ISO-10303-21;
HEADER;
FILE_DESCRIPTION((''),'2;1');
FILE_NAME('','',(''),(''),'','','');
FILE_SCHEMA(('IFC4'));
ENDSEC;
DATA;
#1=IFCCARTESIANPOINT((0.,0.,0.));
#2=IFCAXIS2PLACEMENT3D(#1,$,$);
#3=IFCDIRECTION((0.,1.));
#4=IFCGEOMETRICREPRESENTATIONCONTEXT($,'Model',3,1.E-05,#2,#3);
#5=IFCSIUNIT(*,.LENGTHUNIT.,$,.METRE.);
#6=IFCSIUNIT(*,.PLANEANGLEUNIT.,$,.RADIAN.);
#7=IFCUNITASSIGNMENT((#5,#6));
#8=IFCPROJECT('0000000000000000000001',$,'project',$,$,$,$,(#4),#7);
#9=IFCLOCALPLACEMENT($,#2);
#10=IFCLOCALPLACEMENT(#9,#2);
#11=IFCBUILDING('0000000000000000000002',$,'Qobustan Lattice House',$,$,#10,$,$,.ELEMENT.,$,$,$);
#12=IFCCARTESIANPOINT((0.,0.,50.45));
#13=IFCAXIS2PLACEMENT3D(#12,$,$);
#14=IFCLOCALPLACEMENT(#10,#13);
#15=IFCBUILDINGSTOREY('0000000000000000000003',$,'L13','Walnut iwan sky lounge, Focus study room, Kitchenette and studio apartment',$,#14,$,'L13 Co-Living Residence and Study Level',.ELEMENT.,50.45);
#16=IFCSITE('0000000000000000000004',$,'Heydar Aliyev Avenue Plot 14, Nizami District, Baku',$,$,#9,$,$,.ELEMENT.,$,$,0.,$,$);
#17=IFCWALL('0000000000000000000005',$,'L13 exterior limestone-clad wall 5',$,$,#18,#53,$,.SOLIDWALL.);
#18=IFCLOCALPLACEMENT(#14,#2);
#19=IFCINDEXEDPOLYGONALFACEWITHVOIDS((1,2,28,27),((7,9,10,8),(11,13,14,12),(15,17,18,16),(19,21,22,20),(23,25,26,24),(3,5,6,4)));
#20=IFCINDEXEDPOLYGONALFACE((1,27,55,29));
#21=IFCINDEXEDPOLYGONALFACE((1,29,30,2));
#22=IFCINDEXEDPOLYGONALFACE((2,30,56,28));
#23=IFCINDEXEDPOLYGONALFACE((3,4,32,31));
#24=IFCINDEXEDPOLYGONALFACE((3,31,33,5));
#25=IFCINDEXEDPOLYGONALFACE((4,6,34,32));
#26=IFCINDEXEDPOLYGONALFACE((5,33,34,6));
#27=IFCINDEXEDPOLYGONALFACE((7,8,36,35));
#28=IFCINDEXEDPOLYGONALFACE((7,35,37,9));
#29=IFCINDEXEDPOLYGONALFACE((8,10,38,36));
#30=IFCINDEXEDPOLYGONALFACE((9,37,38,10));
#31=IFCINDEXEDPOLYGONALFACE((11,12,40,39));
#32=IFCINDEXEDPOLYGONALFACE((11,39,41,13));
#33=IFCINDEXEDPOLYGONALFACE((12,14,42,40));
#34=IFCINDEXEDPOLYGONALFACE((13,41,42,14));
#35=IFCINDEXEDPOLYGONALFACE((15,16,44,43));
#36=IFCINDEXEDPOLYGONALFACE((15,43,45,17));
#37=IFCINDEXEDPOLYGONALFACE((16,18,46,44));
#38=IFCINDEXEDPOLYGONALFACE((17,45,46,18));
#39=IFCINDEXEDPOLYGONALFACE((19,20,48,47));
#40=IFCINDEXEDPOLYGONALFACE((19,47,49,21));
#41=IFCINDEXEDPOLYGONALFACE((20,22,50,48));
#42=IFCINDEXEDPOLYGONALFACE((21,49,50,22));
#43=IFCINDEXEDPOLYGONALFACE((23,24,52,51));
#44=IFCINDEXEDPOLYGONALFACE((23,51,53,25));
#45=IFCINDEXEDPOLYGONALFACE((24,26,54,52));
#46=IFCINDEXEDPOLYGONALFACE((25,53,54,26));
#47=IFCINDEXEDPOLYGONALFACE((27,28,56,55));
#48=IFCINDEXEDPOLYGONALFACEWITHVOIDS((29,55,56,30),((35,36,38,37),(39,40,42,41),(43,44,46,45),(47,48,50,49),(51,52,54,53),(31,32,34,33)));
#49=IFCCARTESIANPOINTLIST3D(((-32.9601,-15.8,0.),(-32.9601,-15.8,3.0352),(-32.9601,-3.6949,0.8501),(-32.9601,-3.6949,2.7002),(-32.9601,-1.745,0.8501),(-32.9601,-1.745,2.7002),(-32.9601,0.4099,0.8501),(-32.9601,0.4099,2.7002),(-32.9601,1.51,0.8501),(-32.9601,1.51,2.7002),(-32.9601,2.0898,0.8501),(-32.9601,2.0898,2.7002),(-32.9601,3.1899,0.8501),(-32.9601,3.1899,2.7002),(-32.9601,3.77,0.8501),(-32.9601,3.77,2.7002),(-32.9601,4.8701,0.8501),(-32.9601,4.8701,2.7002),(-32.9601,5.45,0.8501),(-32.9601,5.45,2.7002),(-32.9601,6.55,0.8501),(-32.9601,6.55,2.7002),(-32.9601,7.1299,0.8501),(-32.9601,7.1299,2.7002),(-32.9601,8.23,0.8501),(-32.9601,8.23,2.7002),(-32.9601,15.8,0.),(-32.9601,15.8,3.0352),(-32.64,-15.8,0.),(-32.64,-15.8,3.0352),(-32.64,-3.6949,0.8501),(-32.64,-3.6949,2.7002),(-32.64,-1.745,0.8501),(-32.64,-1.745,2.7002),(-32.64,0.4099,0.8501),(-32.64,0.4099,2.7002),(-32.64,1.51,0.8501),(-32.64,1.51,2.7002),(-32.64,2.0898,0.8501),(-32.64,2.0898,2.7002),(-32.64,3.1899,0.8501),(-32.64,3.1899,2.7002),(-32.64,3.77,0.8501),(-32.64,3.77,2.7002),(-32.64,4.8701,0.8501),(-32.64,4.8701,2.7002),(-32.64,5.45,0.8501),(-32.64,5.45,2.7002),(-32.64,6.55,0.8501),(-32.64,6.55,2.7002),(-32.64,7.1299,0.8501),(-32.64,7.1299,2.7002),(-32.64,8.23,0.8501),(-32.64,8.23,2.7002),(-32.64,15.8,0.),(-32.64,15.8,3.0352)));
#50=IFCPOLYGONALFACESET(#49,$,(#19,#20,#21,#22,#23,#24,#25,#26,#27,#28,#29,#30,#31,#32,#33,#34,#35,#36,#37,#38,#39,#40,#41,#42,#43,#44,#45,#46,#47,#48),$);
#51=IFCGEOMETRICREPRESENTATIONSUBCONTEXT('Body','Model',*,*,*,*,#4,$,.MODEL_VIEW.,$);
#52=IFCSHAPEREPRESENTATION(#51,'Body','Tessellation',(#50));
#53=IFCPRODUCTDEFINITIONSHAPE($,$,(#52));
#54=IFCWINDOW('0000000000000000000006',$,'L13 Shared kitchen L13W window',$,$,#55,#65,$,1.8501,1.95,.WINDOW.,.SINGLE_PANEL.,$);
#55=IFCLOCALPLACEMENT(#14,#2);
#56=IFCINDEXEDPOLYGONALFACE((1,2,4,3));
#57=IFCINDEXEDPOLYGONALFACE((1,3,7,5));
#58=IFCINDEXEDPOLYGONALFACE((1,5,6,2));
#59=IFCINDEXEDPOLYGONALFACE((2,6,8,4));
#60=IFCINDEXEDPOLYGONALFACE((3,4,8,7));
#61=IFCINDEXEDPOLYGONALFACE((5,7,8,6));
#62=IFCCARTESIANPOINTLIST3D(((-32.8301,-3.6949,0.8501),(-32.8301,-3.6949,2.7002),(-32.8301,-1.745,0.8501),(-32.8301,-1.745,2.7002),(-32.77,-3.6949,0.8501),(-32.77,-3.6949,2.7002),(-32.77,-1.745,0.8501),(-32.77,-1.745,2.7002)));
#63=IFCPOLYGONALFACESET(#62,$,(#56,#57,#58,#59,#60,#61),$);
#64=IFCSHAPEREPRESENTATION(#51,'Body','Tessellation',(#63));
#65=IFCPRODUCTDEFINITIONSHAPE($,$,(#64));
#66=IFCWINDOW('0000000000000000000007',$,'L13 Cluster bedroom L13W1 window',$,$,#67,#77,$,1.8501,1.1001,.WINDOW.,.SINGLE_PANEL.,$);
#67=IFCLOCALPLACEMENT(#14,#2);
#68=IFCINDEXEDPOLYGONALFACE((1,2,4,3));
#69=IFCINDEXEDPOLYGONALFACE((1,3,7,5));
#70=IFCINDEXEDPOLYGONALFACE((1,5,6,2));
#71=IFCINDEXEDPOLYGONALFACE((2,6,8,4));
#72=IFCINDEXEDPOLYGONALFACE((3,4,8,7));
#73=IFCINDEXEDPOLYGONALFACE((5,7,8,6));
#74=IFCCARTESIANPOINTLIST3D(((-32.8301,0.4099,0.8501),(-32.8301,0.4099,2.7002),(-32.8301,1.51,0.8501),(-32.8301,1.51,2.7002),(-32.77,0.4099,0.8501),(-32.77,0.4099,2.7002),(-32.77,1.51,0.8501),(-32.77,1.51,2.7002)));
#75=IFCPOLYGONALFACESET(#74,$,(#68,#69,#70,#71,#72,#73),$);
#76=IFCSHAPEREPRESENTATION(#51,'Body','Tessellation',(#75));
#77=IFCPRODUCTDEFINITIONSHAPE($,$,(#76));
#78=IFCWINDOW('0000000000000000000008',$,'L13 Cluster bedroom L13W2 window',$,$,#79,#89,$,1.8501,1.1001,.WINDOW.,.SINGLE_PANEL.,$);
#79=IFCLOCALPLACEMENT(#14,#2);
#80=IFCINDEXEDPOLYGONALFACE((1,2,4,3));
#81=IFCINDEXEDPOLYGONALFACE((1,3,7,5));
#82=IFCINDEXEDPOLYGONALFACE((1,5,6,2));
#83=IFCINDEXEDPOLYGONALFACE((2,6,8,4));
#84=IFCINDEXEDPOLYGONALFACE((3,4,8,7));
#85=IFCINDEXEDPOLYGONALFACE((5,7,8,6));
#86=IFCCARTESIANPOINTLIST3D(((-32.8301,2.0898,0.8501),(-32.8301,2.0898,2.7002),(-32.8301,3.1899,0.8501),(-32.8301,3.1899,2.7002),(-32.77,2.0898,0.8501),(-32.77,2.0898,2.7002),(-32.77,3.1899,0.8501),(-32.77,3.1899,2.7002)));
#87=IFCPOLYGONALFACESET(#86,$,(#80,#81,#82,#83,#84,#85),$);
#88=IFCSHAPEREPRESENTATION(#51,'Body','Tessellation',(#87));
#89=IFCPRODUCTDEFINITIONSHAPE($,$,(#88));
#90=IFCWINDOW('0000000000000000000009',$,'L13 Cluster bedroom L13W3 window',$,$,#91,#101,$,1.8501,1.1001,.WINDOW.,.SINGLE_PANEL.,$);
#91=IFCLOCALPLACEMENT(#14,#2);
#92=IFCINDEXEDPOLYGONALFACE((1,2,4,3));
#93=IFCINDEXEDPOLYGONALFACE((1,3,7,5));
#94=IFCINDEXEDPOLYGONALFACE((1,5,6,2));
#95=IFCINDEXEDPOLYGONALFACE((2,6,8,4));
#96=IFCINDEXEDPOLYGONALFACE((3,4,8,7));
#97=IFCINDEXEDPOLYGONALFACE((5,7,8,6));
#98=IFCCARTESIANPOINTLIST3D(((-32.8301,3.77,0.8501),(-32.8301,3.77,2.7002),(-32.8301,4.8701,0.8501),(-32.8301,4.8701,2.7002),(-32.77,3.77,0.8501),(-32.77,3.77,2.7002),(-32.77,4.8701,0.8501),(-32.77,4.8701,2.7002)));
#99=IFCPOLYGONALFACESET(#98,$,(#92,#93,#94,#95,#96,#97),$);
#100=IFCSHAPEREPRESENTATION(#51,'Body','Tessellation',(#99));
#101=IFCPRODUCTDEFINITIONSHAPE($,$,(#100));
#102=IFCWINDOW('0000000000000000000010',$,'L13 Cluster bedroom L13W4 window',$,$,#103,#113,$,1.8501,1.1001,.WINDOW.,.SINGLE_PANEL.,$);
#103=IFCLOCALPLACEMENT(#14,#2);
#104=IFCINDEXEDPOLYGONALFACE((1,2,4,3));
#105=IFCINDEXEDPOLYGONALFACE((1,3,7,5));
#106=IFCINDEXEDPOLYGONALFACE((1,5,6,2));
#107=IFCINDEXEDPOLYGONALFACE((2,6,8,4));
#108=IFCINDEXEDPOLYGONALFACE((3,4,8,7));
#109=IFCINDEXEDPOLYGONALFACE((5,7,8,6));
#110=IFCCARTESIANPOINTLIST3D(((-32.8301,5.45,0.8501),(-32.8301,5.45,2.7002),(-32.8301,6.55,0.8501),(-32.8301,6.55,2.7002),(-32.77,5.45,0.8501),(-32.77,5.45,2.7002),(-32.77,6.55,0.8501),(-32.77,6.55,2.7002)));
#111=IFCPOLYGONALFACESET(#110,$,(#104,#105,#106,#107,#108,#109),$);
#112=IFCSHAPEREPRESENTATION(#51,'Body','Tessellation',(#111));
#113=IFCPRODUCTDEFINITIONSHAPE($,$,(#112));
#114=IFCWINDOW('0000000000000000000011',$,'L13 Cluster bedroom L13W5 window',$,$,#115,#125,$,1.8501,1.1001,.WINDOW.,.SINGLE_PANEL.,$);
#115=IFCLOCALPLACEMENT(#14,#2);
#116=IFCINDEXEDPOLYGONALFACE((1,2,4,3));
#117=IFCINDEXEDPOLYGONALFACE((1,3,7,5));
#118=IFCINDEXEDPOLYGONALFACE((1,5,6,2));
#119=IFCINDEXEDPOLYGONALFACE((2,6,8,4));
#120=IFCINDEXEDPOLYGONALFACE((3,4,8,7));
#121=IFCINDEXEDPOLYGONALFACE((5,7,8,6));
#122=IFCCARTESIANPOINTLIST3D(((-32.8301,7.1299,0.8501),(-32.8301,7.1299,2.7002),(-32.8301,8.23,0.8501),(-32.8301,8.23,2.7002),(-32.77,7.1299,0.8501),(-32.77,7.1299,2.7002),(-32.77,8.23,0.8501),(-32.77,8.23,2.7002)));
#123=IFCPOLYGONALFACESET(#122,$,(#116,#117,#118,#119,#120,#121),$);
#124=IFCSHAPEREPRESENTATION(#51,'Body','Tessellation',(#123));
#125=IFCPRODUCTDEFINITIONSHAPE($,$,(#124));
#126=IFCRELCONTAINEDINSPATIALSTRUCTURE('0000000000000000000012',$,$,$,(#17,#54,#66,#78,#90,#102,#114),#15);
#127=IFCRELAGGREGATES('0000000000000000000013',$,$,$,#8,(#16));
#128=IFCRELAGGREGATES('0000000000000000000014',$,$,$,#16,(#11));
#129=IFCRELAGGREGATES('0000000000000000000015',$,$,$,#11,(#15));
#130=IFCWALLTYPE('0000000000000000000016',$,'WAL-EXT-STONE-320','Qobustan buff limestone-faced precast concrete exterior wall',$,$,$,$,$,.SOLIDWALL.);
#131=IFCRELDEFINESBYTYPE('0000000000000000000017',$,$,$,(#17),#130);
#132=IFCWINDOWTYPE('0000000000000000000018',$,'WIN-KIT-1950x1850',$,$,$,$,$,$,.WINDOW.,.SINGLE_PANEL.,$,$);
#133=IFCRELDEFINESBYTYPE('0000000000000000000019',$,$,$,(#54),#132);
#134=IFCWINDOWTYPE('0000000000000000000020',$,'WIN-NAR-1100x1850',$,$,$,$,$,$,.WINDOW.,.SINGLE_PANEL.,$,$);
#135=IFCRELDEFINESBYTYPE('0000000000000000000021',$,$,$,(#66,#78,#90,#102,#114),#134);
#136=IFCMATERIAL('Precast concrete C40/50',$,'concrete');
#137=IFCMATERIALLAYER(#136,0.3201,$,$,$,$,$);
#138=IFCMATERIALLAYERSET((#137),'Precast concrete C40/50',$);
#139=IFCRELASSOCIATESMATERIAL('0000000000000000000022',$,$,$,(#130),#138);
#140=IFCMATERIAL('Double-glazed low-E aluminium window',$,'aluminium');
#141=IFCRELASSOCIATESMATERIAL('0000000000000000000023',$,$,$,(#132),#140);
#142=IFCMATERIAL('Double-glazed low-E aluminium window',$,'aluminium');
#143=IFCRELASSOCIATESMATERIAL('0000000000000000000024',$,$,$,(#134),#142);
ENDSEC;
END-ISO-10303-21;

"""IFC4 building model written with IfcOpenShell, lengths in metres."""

from ifc_helpers import new_model, si_unit, direction, frame, frame_2d, origin, place, context, subcontext, project, spatial, rectangle, extrude, material, layer, layer_set, type_object, element, fill, save


model = new_model("IFC4")

# Units and contexts
model_context = context("Model", 3, precision=1e-05, world=origin(), true_north=direction((0.0, 1.0)))
body_context = subcontext(model_context, "Body", "Model", "MODEL_VIEW")
ifc_project = project(units=[si_unit("LENGTHUNIT", "METRE"), si_unit("PLANEANGLEUNIT", "RADIAN")], contexts=[model_context])

# Site, building, storey
site_placement = place(None, origin())
site = spatial("IfcSite", under=ifc_project, at=site_placement, Name="Heydar Aliyev Avenue Plot 14, Nizami District, Baku", CompositionType="ELEMENT", RefElevation=0.0)
building_placement = place(site_placement, origin())
building = spatial("IfcBuilding", under=site, at=building_placement, Name="Qobustan Lattice House", CompositionType="ELEMENT")
storey_placement = place(building_placement, frame((0.0, 0.0, 50.45)))
storey = spatial("IfcBuildingStorey", under=building, at=storey_placement, Name="L13", Description="Walnut iwan sky lounge, Focus study room, Kitchenette and studio apartment", LongName="L13 Co-Living Residence and Study Level", CompositionType="ELEMENT", Elevation=50.45)

# Shared definitions
ifc_material_1 = material(Name="Precast concrete C40/50", Category="concrete")
ifc_layer_1 = layer(ifc_material_1, 0.3201)
ifc_layer_set_1 = layer_set([ifc_layer_1], Name="Precast concrete C40/50")
wall_type = type_object("IfcWallType", Name="WAL-EXT-STONE-320", Description="Qobustan buff limestone-faced precast concrete exterior wall", PredefinedType="SOLIDWALL", material=ifc_layer_set_1)

# Wall, openings, windows
wall_1_placement = place(storey_placement, frame((-32.8, -15.8, 0.0), z_axis=(0.0, 0.0, 1.0), x_axis=(0.0, 1.0, 0.0)))
wall_1 = element("IfcWall", 1, at=wall_1_placement, inside=storey, type_object=wall_type, Name="L13 exterior limestone-clad wall 5", PredefinedType="SOLIDWALL", context=body_context, shape_type="SweptSolid", body=[
    extrude(rectangle(XDim=31.6001, YDim=0.3201, at=frame_2d((15.8, 0.0))), origin(), (0.0, 0.0, 1.0), 3.0352),
])
opening_1_placement = place(wall_1_placement, frame((12.105, 0.0, 0.8501)))
opening_1 = element("IfcOpeningElement", 2, at=opening_1_placement, cuts=wall_1, PredefinedType="OPENING", context=body_context, shape_type="SweptSolid", body=[
    extrude(rectangle(XDim=1.95, YDim=1.8501, at=frame_2d((0.9751, 0.925))), frame((0.0, 0.1699, 0.0), z_axis=(0.0, -1.0, 0.0), x_axis=(1.0, 0.0, 0.0)), (0.0, 0.0, 1.0), 0.3401),
])
opening_2_placement = place(wall_1_placement, frame((16.21, 0.0, 0.8501)))
opening_2 = element("IfcOpeningElement", 3, at=opening_2_placement, cuts=wall_1, PredefinedType="OPENING", context=body_context, shape_type="SweptSolid", body=[
    extrude(rectangle(XDim=1.1001, YDim=1.8501, at=frame_2d((0.55, 0.925))), frame((0.0, 0.1699, 0.0), z_axis=(0.0, -1.0, 0.0), x_axis=(1.0, 0.0, 0.0)), (0.0, 0.0, 1.0), 0.3401),
])
opening_3_placement = place(wall_1_placement, frame((17.8899, 0.0, 0.8501)))
opening_3 = element("IfcOpeningElement", 4, at=opening_3_placement, cuts=wall_1, PredefinedType="OPENING", context=body_context, shape_type="SweptSolid", body=[
    extrude(rectangle(XDim=1.1001, YDim=1.8501, at=frame_2d((0.55, 0.925))), frame((0.0, 0.1699, 0.0), z_axis=(0.0, -1.0, 0.0), x_axis=(1.0, 0.0, 0.0)), (0.0, 0.0, 1.0), 0.3401),
])
opening_4_placement = place(wall_1_placement, frame((19.5701, 0.0, 0.8501)))
opening_4 = element("IfcOpeningElement", 5, at=opening_4_placement, cuts=wall_1, PredefinedType="OPENING", context=body_context, shape_type="SweptSolid", body=[
    extrude(rectangle(XDim=1.1001, YDim=1.8501, at=frame_2d((0.55, 0.925))), frame((0.0, 0.1699, 0.0), z_axis=(0.0, -1.0, 0.0), x_axis=(1.0, 0.0, 0.0)), (0.0, 0.0, 1.0), 0.3401),
])
opening_5_placement = place(wall_1_placement, frame((21.25, 0.0, 0.8501)))
opening_5 = element("IfcOpeningElement", 6, at=opening_5_placement, cuts=wall_1, PredefinedType="OPENING", context=body_context, shape_type="SweptSolid", body=[
    extrude(rectangle(XDim=1.1001, YDim=1.8501, at=frame_2d((0.55, 0.925))), frame((0.0, 0.1699, 0.0), z_axis=(0.0, -1.0, 0.0), x_axis=(1.0, 0.0, 0.0)), (0.0, 0.0, 1.0), 0.3401),
])
opening_6_placement = place(wall_1_placement, frame((22.9299, 0.0, 0.8501)))
opening_6 = element("IfcOpeningElement", 7, at=opening_6_placement, cuts=wall_1, PredefinedType="OPENING", context=body_context, shape_type="SweptSolid", body=[
    extrude(rectangle(XDim=1.1001, YDim=1.8501, at=frame_2d((0.55, 0.925))), frame((0.0, 0.1699, 0.0), z_axis=(0.0, -1.0, 0.0), x_axis=(1.0, 0.0, 0.0)), (0.0, 0.0, 1.0), 0.3401),
])
ifc_material_2 = material(Name="Double-glazed low-E aluminium window", Category="aluminium")
window_type_1 = type_object("IfcWindowType", Name="WIN-KIT-1950x1850", PartitioningType="SINGLE_PANEL", PredefinedType="WINDOW", material=ifc_material_2)
window_1_placement = place(opening_1_placement, origin())
window_1 = element("IfcWindow", 8, at=window_1_placement, inside=storey, type_object=window_type_1, Name="L13 Shared kitchen L13W window", OverallHeight=1.8501, OverallWidth=1.95, PartitioningType="SINGLE_PANEL", PredefinedType="WINDOW", context=body_context, shape_type="SweptSolid", body=[
    extrude(rectangle(XDim=1.95, YDim=1.8501, at=frame_2d((0.9751, 0.925))), frame((0.0, 0.03, 0.0), z_axis=(0.0, -1.0, 0.0), x_axis=(1.0, 0.0, 0.0)), (0.0, 0.0, 1.0), 0.0601),
])
fill(opening_1, window_1)
ifc_material_3 = material(Name="Double-glazed low-E aluminium window", Category="aluminium")
window_type_2 = type_object("IfcWindowType", Name="WIN-NAR-1100x1850", PartitioningType="SINGLE_PANEL", PredefinedType="WINDOW", material=ifc_material_3)
window_2_placement = place(opening_2_placement, origin())
window_2 = element("IfcWindow", 9, at=window_2_placement, inside=storey, type_object=window_type_2, Name="L13 Cluster bedroom L13W1 window", OverallHeight=1.8501, OverallWidth=1.1001, PartitioningType="SINGLE_PANEL", PredefinedType="WINDOW", context=body_context, shape_type="SweptSolid", body=[
    extrude(rectangle(XDim=1.1001, YDim=1.8501, at=frame_2d((0.55, 0.925))), frame((0.0, 0.03, 0.0), z_axis=(0.0, -1.0, 0.0), x_axis=(1.0, 0.0, 0.0)), (0.0, 0.0, 1.0), 0.0601),
])
fill(opening_2, window_2)
window_3_placement = place(opening_3_placement, origin())
window_3 = element("IfcWindow", 10, at=window_3_placement, inside=storey, type_object=window_type_2, Name="L13 Cluster bedroom L13W2 window", OverallHeight=1.8501, OverallWidth=1.1001, PartitioningType="SINGLE_PANEL", PredefinedType="WINDOW", context=body_context, shape_type="SweptSolid", body=[
    extrude(rectangle(XDim=1.1001, YDim=1.8501, at=frame_2d((0.55, 0.925))), frame((0.0, 0.03, 0.0), z_axis=(0.0, -1.0, 0.0), x_axis=(1.0, 0.0, 0.0)), (0.0, 0.0, 1.0), 0.0601),
])
fill(opening_3, window_3)
window_4_placement = place(opening_4_placement, origin())
window_4 = element("IfcWindow", 11, at=window_4_placement, inside=storey, type_object=window_type_2, Name="L13 Cluster bedroom L13W3 window", OverallHeight=1.8501, OverallWidth=1.1001, PartitioningType="SINGLE_PANEL", PredefinedType="WINDOW", context=body_context, shape_type="SweptSolid", body=[
    extrude(rectangle(XDim=1.1001, YDim=1.8501, at=frame_2d((0.55, 0.925))), frame((0.0, 0.03, 0.0), z_axis=(0.0, -1.0, 0.0), x_axis=(1.0, 0.0, 0.0)), (0.0, 0.0, 1.0), 0.0601),
])
fill(opening_4, window_4)
window_5_placement = place(opening_5_placement, origin())
window_5 = element("IfcWindow", 12, at=window_5_placement, inside=storey, type_object=window_type_2, Name="L13 Cluster bedroom L13W4 window", OverallHeight=1.8501, OverallWidth=1.1001, PartitioningType="SINGLE_PANEL", PredefinedType="WINDOW", context=body_context, shape_type="SweptSolid", body=[
    extrude(rectangle(XDim=1.1001, YDim=1.8501, at=frame_2d((0.55, 0.925))), frame((0.0, 0.03, 0.0), z_axis=(0.0, -1.0, 0.0), x_axis=(1.0, 0.0, 0.0)), (0.0, 0.0, 1.0), 0.0601),
])
fill(opening_5, window_5)
window_6_placement = place(opening_6_placement, origin())
window_6 = element("IfcWindow", 13, at=window_6_placement, inside=storey, type_object=window_type_2, Name="L13 Cluster bedroom L13W5 window", OverallHeight=1.8501, OverallWidth=1.1001, PartitioningType="SINGLE_PANEL", PredefinedType="WINDOW", context=body_context, shape_type="SweptSolid", body=[
    extrude(rectangle(XDim=1.1001, YDim=1.8501, at=frame_2d((0.55, 0.925))), frame((0.0, 0.03, 0.0), z_axis=(0.0, -1.0, 0.0), x_axis=(1.0, 0.0, 0.0)), (0.0, 0.0, 1.0), 0.0601),
])
fill(opening_6, window_6)

save(model, "model.ifc")
